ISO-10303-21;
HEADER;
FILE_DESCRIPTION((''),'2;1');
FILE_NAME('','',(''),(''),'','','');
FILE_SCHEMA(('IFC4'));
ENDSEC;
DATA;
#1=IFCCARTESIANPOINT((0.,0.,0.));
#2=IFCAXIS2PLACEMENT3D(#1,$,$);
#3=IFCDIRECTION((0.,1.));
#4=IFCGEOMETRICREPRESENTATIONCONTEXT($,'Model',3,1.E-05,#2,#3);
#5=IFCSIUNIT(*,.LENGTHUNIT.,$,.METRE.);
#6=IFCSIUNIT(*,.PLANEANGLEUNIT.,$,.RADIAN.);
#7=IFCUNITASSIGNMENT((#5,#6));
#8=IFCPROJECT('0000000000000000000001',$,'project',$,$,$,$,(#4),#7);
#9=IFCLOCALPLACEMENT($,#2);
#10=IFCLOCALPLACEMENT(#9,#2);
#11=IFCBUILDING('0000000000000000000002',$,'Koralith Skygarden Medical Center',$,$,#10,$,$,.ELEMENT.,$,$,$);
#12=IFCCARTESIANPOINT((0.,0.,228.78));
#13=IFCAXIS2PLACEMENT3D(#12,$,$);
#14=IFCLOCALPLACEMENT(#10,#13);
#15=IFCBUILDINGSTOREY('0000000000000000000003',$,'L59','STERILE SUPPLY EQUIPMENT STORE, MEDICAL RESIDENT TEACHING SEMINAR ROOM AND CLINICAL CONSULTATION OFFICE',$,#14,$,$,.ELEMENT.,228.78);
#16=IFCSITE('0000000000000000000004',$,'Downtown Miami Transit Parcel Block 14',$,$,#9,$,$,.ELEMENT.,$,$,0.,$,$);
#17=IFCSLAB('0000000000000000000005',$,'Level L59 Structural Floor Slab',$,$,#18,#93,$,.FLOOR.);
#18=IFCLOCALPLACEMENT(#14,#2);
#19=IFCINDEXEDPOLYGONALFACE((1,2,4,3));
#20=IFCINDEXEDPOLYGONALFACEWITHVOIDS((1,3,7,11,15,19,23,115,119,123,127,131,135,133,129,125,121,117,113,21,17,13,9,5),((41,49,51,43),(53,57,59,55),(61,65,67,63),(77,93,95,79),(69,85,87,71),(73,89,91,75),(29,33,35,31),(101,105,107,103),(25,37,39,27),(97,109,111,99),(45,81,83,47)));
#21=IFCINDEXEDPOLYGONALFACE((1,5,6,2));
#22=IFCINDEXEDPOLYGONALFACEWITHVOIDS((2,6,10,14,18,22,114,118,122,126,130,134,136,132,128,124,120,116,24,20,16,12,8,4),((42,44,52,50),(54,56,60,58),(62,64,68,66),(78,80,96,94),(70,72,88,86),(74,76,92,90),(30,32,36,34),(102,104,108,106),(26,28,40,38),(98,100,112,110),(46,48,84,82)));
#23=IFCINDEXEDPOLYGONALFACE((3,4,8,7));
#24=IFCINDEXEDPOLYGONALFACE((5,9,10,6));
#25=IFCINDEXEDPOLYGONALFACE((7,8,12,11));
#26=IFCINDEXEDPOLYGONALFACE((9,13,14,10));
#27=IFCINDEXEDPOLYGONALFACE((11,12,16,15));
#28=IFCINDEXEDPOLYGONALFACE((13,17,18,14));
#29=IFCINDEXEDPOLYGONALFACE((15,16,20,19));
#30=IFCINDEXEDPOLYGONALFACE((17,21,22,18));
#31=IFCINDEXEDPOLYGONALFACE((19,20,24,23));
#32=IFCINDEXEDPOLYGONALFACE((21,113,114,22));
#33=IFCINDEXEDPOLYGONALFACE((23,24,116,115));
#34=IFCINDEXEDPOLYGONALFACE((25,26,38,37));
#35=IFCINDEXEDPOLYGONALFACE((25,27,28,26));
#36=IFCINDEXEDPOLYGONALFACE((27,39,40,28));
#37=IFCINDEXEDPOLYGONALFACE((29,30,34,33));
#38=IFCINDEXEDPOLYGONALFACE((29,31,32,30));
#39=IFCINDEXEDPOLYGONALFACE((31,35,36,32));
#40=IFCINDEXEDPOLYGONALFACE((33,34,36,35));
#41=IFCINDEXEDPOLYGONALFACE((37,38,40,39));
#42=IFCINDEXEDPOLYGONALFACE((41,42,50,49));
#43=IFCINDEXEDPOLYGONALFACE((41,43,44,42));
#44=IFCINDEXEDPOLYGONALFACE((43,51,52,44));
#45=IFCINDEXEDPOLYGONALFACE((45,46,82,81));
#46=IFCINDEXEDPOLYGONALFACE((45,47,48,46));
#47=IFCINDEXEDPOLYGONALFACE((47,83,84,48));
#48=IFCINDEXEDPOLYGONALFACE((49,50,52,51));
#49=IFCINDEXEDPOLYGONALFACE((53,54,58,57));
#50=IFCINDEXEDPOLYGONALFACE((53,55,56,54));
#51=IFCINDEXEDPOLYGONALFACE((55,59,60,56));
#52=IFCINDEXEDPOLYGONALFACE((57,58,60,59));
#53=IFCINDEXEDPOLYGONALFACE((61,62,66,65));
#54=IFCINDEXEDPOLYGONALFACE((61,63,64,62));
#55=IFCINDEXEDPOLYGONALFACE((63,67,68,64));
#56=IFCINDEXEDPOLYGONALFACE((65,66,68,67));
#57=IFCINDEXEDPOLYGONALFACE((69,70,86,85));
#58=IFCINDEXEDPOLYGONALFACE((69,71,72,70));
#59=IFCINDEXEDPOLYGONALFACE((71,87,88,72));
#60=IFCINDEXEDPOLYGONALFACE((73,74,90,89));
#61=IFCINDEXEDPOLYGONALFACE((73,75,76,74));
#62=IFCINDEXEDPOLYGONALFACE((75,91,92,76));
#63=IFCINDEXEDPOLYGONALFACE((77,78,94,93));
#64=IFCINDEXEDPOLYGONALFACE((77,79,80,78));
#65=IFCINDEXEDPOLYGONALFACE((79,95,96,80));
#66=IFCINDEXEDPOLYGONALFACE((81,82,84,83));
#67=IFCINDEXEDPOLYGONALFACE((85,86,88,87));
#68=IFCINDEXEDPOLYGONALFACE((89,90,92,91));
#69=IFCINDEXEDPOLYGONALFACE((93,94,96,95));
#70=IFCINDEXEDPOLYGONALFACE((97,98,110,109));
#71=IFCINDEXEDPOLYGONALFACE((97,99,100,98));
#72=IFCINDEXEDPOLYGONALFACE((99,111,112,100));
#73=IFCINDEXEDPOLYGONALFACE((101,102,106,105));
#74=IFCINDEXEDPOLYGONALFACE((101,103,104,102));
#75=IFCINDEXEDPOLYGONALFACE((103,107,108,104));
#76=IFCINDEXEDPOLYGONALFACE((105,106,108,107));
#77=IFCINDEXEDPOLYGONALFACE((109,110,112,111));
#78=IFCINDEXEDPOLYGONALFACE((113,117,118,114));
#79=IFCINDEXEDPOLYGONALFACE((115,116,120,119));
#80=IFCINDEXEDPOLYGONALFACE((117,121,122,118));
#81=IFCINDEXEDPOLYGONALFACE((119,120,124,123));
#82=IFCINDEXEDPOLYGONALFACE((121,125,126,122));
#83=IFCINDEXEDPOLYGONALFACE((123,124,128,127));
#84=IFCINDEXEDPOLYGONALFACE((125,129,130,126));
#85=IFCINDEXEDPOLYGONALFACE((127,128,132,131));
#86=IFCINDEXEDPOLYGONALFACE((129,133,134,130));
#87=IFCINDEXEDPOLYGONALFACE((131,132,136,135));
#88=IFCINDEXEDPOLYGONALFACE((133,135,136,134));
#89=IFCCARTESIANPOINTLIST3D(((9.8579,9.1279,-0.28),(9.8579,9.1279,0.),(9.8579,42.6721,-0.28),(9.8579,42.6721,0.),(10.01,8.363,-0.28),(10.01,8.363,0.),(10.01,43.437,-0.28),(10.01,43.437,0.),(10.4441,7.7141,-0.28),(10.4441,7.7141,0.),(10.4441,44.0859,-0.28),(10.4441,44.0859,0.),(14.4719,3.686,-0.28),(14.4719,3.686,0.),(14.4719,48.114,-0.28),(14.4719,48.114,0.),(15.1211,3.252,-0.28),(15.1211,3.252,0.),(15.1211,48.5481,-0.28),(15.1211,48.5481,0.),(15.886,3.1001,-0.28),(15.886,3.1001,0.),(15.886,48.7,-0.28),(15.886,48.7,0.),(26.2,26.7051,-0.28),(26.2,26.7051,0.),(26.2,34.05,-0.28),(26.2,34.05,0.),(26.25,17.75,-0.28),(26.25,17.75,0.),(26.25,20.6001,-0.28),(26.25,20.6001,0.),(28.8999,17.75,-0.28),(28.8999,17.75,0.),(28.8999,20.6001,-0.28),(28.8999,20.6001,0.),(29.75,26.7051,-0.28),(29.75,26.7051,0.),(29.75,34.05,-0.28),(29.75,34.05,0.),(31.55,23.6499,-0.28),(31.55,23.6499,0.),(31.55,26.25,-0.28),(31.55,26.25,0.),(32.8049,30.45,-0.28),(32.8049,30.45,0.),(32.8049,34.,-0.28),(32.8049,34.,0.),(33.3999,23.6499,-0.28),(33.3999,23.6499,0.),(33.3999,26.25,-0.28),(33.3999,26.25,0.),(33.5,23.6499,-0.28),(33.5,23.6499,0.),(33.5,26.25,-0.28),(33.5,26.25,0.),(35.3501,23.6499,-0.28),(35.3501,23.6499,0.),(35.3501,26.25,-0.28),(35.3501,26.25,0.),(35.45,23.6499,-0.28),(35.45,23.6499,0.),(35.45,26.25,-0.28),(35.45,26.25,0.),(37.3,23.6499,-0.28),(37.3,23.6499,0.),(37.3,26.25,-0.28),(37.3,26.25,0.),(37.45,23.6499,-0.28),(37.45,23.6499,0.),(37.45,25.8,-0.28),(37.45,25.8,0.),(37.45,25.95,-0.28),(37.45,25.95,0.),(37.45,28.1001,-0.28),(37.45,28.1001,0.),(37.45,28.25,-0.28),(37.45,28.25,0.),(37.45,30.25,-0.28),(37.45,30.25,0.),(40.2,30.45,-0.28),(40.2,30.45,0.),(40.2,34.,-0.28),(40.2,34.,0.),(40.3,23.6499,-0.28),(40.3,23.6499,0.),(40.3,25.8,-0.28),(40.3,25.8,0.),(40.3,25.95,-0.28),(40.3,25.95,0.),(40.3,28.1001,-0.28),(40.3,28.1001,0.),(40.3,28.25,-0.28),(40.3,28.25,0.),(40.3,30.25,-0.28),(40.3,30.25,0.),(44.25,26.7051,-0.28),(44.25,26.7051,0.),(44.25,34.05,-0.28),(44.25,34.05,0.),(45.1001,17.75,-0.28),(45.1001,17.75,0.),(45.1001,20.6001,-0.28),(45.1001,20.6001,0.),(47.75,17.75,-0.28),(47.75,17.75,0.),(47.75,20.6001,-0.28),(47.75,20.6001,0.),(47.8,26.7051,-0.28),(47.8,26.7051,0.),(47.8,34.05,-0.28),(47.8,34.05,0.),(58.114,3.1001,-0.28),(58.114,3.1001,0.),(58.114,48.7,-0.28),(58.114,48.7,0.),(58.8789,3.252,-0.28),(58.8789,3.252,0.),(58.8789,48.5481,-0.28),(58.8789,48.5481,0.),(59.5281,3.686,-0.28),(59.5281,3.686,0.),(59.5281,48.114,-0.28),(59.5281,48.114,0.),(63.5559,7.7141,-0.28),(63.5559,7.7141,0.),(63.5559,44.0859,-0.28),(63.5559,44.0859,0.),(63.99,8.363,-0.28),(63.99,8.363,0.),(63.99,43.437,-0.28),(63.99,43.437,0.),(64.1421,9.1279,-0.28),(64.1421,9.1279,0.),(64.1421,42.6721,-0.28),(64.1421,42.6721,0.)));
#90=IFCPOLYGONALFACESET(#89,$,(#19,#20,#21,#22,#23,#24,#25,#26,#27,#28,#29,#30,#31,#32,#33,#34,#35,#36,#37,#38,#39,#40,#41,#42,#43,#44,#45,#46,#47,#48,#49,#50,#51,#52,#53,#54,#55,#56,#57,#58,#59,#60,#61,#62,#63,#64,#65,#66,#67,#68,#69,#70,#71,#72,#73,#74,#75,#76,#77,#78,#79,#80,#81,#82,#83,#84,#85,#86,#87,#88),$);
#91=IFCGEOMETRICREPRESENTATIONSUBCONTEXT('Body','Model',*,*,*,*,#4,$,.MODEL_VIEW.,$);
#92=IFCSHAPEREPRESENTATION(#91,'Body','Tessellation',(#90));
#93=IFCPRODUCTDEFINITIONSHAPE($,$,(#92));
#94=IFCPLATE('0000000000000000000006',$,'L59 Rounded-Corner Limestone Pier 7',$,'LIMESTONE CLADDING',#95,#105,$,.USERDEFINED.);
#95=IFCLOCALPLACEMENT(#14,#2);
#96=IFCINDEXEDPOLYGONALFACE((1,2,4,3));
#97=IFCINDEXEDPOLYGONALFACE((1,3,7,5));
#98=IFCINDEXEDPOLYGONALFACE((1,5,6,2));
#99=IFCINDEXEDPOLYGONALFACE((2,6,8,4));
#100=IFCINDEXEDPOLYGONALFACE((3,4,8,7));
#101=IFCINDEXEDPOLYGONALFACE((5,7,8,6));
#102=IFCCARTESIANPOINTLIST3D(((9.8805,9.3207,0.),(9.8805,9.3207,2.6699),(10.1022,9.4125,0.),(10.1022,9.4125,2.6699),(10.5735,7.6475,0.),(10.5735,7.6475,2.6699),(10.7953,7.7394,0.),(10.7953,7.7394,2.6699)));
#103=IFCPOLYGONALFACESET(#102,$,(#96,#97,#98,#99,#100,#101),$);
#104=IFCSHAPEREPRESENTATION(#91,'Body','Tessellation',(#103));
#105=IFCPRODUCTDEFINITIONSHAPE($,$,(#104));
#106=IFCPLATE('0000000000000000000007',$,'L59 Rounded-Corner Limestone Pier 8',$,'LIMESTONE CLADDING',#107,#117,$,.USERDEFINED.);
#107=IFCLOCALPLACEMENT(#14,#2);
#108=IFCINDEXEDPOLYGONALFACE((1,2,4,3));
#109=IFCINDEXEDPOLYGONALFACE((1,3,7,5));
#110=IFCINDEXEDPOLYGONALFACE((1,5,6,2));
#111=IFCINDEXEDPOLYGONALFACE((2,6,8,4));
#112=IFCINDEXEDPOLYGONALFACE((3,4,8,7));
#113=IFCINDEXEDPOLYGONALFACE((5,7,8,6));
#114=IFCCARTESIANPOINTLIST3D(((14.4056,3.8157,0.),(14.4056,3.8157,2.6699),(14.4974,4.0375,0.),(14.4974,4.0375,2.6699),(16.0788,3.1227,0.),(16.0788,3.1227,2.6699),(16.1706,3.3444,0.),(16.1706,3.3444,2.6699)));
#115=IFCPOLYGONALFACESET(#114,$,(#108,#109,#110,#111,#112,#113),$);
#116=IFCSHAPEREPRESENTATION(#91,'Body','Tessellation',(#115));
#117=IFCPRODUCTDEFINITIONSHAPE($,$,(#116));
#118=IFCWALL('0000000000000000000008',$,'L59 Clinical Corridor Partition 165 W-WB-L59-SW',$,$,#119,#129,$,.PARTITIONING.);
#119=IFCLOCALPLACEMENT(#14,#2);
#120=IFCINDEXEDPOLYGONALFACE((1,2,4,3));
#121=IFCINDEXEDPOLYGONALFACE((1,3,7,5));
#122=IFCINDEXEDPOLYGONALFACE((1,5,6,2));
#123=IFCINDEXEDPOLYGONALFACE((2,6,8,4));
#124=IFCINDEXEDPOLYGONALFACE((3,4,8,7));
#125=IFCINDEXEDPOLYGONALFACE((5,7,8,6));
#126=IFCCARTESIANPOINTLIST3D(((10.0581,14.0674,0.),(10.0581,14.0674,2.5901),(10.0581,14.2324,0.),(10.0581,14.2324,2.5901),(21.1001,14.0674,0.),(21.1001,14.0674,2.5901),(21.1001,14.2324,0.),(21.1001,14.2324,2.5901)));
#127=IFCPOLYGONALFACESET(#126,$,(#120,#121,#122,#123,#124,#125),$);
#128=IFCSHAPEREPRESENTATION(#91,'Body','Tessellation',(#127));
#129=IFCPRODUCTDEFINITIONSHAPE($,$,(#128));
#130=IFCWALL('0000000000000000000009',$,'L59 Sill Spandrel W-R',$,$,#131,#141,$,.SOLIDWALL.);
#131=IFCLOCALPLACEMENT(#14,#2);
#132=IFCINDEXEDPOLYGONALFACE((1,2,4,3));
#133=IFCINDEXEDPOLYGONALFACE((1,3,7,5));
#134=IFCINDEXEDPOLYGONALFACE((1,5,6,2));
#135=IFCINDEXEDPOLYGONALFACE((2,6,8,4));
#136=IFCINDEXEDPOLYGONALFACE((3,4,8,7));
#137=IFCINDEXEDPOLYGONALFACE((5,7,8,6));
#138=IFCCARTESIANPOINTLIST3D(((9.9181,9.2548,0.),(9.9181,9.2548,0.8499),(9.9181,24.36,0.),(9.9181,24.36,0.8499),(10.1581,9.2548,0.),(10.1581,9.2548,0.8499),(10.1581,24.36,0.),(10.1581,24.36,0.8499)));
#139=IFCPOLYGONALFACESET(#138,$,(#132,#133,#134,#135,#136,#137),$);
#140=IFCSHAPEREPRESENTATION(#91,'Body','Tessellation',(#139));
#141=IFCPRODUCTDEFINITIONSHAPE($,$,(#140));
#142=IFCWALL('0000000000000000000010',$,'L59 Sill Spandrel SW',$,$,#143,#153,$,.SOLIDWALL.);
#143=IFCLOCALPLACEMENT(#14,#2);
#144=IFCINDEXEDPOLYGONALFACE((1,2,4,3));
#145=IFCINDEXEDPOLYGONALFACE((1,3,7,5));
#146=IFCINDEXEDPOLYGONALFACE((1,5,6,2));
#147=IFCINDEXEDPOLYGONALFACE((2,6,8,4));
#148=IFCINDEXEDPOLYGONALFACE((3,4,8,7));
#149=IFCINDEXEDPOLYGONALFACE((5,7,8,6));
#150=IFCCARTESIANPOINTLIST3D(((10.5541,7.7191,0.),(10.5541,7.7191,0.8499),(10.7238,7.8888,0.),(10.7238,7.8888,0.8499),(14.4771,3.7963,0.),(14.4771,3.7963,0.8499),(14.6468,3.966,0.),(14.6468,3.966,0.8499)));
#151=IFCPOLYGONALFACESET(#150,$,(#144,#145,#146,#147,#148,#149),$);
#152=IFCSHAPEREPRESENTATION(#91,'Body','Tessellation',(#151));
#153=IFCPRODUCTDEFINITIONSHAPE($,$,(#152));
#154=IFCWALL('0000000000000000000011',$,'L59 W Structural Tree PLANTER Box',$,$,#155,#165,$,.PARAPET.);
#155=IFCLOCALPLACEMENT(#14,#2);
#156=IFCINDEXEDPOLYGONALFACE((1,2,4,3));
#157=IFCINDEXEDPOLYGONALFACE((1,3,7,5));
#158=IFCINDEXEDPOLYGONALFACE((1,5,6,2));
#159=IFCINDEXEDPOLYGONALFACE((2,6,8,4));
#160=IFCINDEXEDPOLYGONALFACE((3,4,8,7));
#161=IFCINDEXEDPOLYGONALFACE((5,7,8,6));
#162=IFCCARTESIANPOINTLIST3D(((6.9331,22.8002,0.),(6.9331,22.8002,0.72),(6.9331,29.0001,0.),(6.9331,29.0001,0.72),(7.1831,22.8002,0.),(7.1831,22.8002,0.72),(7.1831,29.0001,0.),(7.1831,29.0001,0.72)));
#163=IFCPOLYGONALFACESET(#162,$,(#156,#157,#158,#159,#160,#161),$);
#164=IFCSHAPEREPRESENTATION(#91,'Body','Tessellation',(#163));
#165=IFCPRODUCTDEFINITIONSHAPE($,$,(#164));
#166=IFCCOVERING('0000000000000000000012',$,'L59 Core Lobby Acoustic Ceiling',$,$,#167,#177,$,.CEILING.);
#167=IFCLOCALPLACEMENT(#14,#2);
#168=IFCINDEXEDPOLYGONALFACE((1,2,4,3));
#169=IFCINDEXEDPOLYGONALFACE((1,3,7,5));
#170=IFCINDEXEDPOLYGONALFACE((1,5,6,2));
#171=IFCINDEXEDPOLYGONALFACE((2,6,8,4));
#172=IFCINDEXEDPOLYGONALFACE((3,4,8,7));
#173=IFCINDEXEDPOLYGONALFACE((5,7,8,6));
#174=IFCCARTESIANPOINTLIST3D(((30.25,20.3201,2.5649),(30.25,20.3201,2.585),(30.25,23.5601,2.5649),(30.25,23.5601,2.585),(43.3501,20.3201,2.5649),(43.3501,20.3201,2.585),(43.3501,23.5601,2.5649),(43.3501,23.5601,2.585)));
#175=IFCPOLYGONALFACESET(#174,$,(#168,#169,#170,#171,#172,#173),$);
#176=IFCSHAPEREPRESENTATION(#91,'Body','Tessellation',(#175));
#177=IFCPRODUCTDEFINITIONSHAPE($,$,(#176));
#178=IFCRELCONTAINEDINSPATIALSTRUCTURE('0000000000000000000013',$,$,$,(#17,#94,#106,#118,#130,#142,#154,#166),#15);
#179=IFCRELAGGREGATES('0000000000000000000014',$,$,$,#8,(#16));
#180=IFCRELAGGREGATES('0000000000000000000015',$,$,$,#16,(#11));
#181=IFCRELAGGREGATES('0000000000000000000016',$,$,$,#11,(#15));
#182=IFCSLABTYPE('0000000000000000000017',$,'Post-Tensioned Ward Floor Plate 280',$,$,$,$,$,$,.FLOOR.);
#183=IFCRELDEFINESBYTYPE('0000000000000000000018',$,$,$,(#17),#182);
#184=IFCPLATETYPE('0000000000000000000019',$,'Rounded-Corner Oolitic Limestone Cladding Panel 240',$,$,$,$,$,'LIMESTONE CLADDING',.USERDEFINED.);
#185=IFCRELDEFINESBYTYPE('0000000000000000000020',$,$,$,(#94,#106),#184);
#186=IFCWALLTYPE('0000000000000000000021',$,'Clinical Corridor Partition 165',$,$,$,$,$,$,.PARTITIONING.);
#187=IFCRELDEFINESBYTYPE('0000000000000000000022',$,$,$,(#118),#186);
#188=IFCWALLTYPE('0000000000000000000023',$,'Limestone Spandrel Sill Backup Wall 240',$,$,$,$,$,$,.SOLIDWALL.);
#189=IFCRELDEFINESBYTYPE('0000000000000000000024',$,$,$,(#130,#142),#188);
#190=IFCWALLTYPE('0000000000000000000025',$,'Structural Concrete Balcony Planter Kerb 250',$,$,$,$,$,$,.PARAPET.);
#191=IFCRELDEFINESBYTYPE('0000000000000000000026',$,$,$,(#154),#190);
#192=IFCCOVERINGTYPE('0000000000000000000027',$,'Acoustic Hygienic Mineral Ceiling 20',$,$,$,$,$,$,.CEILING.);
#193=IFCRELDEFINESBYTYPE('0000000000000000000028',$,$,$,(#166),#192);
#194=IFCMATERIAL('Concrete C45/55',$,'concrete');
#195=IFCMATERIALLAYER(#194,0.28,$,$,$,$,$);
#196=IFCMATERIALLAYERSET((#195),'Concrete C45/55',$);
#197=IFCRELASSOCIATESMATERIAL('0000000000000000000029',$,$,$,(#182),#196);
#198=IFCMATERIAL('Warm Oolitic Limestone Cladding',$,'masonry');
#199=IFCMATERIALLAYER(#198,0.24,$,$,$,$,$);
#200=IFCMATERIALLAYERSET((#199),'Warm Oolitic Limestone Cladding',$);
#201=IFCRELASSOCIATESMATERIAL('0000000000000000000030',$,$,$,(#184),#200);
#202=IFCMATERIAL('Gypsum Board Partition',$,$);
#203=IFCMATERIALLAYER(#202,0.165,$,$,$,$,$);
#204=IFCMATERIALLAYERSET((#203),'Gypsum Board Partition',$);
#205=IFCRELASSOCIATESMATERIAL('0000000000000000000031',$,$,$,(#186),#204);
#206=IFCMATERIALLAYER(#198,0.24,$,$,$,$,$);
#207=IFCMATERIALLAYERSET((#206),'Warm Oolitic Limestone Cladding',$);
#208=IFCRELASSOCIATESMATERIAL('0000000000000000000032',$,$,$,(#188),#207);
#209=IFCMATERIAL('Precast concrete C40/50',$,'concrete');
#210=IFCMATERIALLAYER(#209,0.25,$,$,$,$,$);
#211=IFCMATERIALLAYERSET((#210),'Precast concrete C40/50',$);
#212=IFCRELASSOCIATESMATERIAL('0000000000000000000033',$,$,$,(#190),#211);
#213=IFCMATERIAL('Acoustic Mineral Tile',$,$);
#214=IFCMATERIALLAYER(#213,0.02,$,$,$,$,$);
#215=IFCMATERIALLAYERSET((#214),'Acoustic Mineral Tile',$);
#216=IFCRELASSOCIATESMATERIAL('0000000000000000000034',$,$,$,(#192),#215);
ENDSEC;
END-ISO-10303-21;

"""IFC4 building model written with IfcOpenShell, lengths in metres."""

from ifc_helpers import new_model, si_unit, direction, frame, frame_2d, origin, origin_2d, place, context, subcontext, project, spatial, polyline, rectangle, outline, extrude, material, layer, layer_set, type_object, element, save


model = new_model("IFC4")

# Units and contexts
model_context = context("Model", 3, precision=1e-05, world=origin(), true_north=direction((0.0, 1.0)))
body_context = subcontext(model_context, "Body", "Model", "MODEL_VIEW")
ifc_project = project(units=[si_unit("LENGTHUNIT", "METRE"), si_unit("PLANEANGLEUNIT", "RADIAN")], contexts=[model_context])

# Site, building, storey
site_placement = place(None, origin())
site = spatial("IfcSite", under=ifc_project, at=site_placement, Name="Downtown Miami Transit Parcel Block 14", CompositionType="ELEMENT", RefElevation=0.0)
building_placement = place(site_placement, origin())
building = spatial("IfcBuilding", under=site, at=building_placement, Name="Koralith Skygarden Medical Center", CompositionType="ELEMENT")
storey_placement = place(building_placement, frame((0.0, 0.0, 228.78)))
storey = spatial("IfcBuildingStorey", under=building, at=storey_placement, Name="L59", Description="STERILE SUPPLY EQUIPMENT STORE, MEDICAL RESIDENT TEACHING SEMINAR ROOM AND CLINICAL CONSULTATION OFFICE", CompositionType="ELEMENT", Elevation=228.78)

# Shared definitions
ifc_material_1 = material(Name="Concrete C45/55", Category="concrete")

# Slab
ifc_layer_1 = layer(ifc_material_1, 0.28)
ifc_layer_set_1 = layer_set([ifc_layer_1], Name="Concrete C45/55")
slab_type_1 = type_object("IfcSlabType", Name="Post-Tensioned Ward Floor Plate 280", PredefinedType="FLOOR", material=ifc_layer_set_1)
slab_1_placement = place(storey_placement, frame((0.0, 0.0, -0.28)))
element("IfcSlab", 1, at=slab_1_placement, inside=storey, type_object=slab_type_1, Name="Level L59 Structural Floor Slab", PredefinedType="FLOOR", context=body_context, shape_type="SweptSolid", body=[
    extrude(outline(polyline([(14.4719, 3.686), (15.1211, 3.252), (15.886, 3.1001), (58.114, 3.1001), (58.8789, 3.252), (59.5281, 3.686), (63.5559, 7.7141), (63.99, 8.363), (64.1421, 9.1279), (64.1421, 42.6721), (63.99, 43.437), (63.5559, 44.0859), (59.5281, 48.114), (58.8789, 48.5481), (58.114, 48.7), (15.886, 48.7), (15.1211, 48.5481), (14.4719, 48.114), (10.4441, 44.0859), (10.01, 43.437), (9.8579, 42.6721), (9.8579, 9.1279), (10.01, 8.363), (10.4441, 7.7141), (14.4719, 3.686)]), holes=[polyline([(26.2, 26.7051), (29.75, 26.7051), (29.75, 34.05), (26.2, 34.05), (26.2, 26.7051)]), polyline([(44.25, 26.7051), (47.8, 26.7051), (47.8, 34.05), (44.25, 34.05), (44.25, 26.7051)]), polyline([(32.8049, 30.45), (40.2, 30.45), (40.2, 34.0), (32.8049, 34.0), (32.8049, 30.45)]), polyline([(26.25, 17.75), (28.8999, 17.75), (28.8999, 20.6001), (26.25, 20.6001), (26.25, 17.75)]), polyline([(45.1001, 17.75), (47.75, 17.75), (47.75, 20.6001), (45.1001, 20.6001), (45.1001, 17.75)]), polyline([(31.55, 23.6499), (33.3999, 23.6499), (33.3999, 26.25), (31.55, 26.25), (31.55, 23.6499)]), polyline([(33.5, 23.6499), (35.3501, 23.6499), (35.3501, 26.25), (33.5, 26.25), (33.5, 23.6499)]), polyline([(35.45, 23.6499), (37.3, 23.6499), (37.3, 26.25), (35.45, 26.25), (35.45, 23.6499)]), polyline([(37.45, 23.6499), (40.3, 23.6499), (40.3, 25.8), (37.45, 25.8), (37.45, 23.6499)]), polyline([(37.45, 25.95), (40.3, 25.95), (40.3, 28.1001), (37.45, 28.1001), (37.45, 25.95)]), polyline([(37.45, 28.25), (40.3, 28.25), (40.3, 30.25), (37.45, 30.25), (37.45, 28.25)])]), origin(), (0.0, 0.0, 1.0), 0.28),
])

# Plates
ifc_material_2 = material(Name="Warm Oolitic Limestone Cladding", Category="masonry")
ifc_layer_2 = layer(ifc_material_2, 0.24)
ifc_layer_set_2 = layer_set([ifc_layer_2], Name="Warm Oolitic Limestone Cladding")
plate_type_1 = type_object("IfcPlateType", Name="Rounded-Corner Oolitic Limestone Cladding Panel 240", ElementType="LIMESTONE CLADDING", PredefinedType="USERDEFINED", material=ifc_layer_set_2)
for number, where, z_axis, x_axis, name in (
    (2, (10.3379, 8.53, 0.0), (0.0, 0.0, 1.0), (0.382671, -0.923885, 0.0), "L59 Rounded-Corner Limestone Pier 7"),
    (3, (15.2881, 3.5801, 0.0), (0.0, 0.0, 1.0), (0.923885, -0.382671, 0.0), "L59 Rounded-Corner Limestone Pier 8"),
):
    element("IfcPlate", number, at=place(storey_placement, frame(where, z_axis=z_axis, x_axis=x_axis)), inside=storey, type_object=plate_type_1, Name=name, ObjectType="LIMESTONE CLADDING", PredefinedType="USERDEFINED", context=body_context, shape_type="SweptSolid", body=[
        extrude(rectangle(XDim=1.811, YDim=0.24, at=origin_2d()), origin(), (0.0, 0.0, 1.0), 2.6699),
    ])

# Walls
ifc_material_3 = material(Name="Gypsum Board Partition")
ifc_layer_3 = layer(ifc_material_3, 0.165)
ifc_layer_set_3 = layer_set([ifc_layer_3], Name="Gypsum Board Partition")
wall_type_1 = type_object("IfcWallType", Name="Clinical Corridor Partition 165", PredefinedType="PARTITIONING", material=ifc_layer_set_3)
wall_1_placement = place(storey_placement, frame((10.0581, 14.1499, 0.0), z_axis=(0.0, 0.0, 1.0), x_axis=(1.0, 0.0, 0.0)))
element("IfcWall", 4, at=wall_1_placement, inside=storey, type_object=wall_type_1, Name="L59 Clinical Corridor Partition 165 W-WB-L59-SW", PredefinedType="PARTITIONING", context=body_context, shape_type="SweptSolid", body=[
    extrude(rectangle(XDim=11.042, YDim=0.165, at=frame_2d((5.521, 0.0))), origin(), (0.0, 0.0, 1.0), 2.5901),
])
ifc_layer_4 = layer(ifc_material_2, 0.24)
ifc_layer_set_4 = layer_set([ifc_layer_4], Name="Warm Oolitic Limestone Cladding")
wall_type_2 = type_object("IfcWallType", Name="Limestone Spandrel Sill Backup Wall 240", PredefinedType="SOLIDWALL", material=ifc_layer_set_4)
wall_2_placement = place(storey_placement, frame((10.0381, 24.3601, 0.0), z_axis=(0.0, 0.0, 1.0), x_axis=(0.0, -1.0, 0.0)))
element("IfcWall", 5, at=wall_2_placement, inside=storey, type_object=wall_type_2, Name="L59 Sill Spandrel W-R", PredefinedType="SOLIDWALL", context=body_context, shape_type="SweptSolid", body=[
    extrude(rectangle(XDim=15.1052, YDim=0.24, at=frame_2d((7.5527, 0.0))), origin(), (0.0, 0.0, 1.0), 0.8499),
])
wall_3_placement = place(storey_placement, frame((10.6389, 7.804, 0.0), z_axis=(0.0, 0.0, 1.0), x_axis=(0.707129, -0.707085, 0.0)))
element("IfcWall", 6, at=wall_3_placement, inside=storey, type_object=wall_type_2, Name="L59 Sill Spandrel SW", PredefinedType="SOLIDWALL", context=body_context, shape_type="SweptSolid", body=[
    extrude(rectangle(XDim=5.5479, YDim=0.24, at=frame_2d((2.7739, 0.0))), origin(), (0.0, 0.0, 1.0), 0.8499),
])
ifc_material_4 = material(Name="Precast concrete C40/50", Category="concrete")
ifc_layer_5 = layer(ifc_material_4, 0.25)
ifc_layer_set_5 = layer_set([ifc_layer_5], Name="Precast concrete C40/50")
wall_type_3 = type_object("IfcWallType", Name="Structural Concrete Balcony Planter Kerb 250", PredefinedType="PARAPET", material=ifc_layer_set_5)
wall_4_placement = place(storey_placement, frame((7.0581, 22.8, 0.0), z_axis=(0.0, 0.0, 1.0), x_axis=(0.0, 1.0, 0.0)))
element("IfcWall", 7, at=wall_4_placement, inside=storey, type_object=wall_type_3, Name="L59 W Structural Tree PLANTER Box", PredefinedType="PARAPET", context=body_context, shape_type="SweptSolid", body=[
    extrude(rectangle(XDim=6.2, YDim=0.25, at=frame_2d((3.1001, 0.0))), origin(), (0.0, 0.0, 1.0), 0.72),
])

# Covering
ifc_material_5 = material(Name="Acoustic Mineral Tile")
ifc_layer_6 = layer(ifc_material_5, 0.02)
ifc_layer_set_6 = layer_set([ifc_layer_6], Name="Acoustic Mineral Tile")
covering_type_1 = type_object("IfcCoveringType", Name="Acoustic Hygienic Mineral Ceiling 20", PredefinedType="CEILING", material=ifc_layer_set_6)
covering_1_placement = place(storey_placement, frame((0.0, 0.0, 2.5649)))
element("IfcCovering", 8, at=covering_1_placement, inside=storey, type_object=covering_type_1, Name="L59 Core Lobby Acoustic Ceiling", PredefinedType="CEILING", context=body_context, shape_type="SweptSolid", body=[
    extrude(outline(polyline([(30.25, 20.3201), (43.3501, 20.3201), (43.3501, 23.5601), (30.25, 23.5601), (30.25, 20.3201)])), origin(), (0.0, 0.0, 1.0), 0.02),
])

save(model, "model.ifc")
